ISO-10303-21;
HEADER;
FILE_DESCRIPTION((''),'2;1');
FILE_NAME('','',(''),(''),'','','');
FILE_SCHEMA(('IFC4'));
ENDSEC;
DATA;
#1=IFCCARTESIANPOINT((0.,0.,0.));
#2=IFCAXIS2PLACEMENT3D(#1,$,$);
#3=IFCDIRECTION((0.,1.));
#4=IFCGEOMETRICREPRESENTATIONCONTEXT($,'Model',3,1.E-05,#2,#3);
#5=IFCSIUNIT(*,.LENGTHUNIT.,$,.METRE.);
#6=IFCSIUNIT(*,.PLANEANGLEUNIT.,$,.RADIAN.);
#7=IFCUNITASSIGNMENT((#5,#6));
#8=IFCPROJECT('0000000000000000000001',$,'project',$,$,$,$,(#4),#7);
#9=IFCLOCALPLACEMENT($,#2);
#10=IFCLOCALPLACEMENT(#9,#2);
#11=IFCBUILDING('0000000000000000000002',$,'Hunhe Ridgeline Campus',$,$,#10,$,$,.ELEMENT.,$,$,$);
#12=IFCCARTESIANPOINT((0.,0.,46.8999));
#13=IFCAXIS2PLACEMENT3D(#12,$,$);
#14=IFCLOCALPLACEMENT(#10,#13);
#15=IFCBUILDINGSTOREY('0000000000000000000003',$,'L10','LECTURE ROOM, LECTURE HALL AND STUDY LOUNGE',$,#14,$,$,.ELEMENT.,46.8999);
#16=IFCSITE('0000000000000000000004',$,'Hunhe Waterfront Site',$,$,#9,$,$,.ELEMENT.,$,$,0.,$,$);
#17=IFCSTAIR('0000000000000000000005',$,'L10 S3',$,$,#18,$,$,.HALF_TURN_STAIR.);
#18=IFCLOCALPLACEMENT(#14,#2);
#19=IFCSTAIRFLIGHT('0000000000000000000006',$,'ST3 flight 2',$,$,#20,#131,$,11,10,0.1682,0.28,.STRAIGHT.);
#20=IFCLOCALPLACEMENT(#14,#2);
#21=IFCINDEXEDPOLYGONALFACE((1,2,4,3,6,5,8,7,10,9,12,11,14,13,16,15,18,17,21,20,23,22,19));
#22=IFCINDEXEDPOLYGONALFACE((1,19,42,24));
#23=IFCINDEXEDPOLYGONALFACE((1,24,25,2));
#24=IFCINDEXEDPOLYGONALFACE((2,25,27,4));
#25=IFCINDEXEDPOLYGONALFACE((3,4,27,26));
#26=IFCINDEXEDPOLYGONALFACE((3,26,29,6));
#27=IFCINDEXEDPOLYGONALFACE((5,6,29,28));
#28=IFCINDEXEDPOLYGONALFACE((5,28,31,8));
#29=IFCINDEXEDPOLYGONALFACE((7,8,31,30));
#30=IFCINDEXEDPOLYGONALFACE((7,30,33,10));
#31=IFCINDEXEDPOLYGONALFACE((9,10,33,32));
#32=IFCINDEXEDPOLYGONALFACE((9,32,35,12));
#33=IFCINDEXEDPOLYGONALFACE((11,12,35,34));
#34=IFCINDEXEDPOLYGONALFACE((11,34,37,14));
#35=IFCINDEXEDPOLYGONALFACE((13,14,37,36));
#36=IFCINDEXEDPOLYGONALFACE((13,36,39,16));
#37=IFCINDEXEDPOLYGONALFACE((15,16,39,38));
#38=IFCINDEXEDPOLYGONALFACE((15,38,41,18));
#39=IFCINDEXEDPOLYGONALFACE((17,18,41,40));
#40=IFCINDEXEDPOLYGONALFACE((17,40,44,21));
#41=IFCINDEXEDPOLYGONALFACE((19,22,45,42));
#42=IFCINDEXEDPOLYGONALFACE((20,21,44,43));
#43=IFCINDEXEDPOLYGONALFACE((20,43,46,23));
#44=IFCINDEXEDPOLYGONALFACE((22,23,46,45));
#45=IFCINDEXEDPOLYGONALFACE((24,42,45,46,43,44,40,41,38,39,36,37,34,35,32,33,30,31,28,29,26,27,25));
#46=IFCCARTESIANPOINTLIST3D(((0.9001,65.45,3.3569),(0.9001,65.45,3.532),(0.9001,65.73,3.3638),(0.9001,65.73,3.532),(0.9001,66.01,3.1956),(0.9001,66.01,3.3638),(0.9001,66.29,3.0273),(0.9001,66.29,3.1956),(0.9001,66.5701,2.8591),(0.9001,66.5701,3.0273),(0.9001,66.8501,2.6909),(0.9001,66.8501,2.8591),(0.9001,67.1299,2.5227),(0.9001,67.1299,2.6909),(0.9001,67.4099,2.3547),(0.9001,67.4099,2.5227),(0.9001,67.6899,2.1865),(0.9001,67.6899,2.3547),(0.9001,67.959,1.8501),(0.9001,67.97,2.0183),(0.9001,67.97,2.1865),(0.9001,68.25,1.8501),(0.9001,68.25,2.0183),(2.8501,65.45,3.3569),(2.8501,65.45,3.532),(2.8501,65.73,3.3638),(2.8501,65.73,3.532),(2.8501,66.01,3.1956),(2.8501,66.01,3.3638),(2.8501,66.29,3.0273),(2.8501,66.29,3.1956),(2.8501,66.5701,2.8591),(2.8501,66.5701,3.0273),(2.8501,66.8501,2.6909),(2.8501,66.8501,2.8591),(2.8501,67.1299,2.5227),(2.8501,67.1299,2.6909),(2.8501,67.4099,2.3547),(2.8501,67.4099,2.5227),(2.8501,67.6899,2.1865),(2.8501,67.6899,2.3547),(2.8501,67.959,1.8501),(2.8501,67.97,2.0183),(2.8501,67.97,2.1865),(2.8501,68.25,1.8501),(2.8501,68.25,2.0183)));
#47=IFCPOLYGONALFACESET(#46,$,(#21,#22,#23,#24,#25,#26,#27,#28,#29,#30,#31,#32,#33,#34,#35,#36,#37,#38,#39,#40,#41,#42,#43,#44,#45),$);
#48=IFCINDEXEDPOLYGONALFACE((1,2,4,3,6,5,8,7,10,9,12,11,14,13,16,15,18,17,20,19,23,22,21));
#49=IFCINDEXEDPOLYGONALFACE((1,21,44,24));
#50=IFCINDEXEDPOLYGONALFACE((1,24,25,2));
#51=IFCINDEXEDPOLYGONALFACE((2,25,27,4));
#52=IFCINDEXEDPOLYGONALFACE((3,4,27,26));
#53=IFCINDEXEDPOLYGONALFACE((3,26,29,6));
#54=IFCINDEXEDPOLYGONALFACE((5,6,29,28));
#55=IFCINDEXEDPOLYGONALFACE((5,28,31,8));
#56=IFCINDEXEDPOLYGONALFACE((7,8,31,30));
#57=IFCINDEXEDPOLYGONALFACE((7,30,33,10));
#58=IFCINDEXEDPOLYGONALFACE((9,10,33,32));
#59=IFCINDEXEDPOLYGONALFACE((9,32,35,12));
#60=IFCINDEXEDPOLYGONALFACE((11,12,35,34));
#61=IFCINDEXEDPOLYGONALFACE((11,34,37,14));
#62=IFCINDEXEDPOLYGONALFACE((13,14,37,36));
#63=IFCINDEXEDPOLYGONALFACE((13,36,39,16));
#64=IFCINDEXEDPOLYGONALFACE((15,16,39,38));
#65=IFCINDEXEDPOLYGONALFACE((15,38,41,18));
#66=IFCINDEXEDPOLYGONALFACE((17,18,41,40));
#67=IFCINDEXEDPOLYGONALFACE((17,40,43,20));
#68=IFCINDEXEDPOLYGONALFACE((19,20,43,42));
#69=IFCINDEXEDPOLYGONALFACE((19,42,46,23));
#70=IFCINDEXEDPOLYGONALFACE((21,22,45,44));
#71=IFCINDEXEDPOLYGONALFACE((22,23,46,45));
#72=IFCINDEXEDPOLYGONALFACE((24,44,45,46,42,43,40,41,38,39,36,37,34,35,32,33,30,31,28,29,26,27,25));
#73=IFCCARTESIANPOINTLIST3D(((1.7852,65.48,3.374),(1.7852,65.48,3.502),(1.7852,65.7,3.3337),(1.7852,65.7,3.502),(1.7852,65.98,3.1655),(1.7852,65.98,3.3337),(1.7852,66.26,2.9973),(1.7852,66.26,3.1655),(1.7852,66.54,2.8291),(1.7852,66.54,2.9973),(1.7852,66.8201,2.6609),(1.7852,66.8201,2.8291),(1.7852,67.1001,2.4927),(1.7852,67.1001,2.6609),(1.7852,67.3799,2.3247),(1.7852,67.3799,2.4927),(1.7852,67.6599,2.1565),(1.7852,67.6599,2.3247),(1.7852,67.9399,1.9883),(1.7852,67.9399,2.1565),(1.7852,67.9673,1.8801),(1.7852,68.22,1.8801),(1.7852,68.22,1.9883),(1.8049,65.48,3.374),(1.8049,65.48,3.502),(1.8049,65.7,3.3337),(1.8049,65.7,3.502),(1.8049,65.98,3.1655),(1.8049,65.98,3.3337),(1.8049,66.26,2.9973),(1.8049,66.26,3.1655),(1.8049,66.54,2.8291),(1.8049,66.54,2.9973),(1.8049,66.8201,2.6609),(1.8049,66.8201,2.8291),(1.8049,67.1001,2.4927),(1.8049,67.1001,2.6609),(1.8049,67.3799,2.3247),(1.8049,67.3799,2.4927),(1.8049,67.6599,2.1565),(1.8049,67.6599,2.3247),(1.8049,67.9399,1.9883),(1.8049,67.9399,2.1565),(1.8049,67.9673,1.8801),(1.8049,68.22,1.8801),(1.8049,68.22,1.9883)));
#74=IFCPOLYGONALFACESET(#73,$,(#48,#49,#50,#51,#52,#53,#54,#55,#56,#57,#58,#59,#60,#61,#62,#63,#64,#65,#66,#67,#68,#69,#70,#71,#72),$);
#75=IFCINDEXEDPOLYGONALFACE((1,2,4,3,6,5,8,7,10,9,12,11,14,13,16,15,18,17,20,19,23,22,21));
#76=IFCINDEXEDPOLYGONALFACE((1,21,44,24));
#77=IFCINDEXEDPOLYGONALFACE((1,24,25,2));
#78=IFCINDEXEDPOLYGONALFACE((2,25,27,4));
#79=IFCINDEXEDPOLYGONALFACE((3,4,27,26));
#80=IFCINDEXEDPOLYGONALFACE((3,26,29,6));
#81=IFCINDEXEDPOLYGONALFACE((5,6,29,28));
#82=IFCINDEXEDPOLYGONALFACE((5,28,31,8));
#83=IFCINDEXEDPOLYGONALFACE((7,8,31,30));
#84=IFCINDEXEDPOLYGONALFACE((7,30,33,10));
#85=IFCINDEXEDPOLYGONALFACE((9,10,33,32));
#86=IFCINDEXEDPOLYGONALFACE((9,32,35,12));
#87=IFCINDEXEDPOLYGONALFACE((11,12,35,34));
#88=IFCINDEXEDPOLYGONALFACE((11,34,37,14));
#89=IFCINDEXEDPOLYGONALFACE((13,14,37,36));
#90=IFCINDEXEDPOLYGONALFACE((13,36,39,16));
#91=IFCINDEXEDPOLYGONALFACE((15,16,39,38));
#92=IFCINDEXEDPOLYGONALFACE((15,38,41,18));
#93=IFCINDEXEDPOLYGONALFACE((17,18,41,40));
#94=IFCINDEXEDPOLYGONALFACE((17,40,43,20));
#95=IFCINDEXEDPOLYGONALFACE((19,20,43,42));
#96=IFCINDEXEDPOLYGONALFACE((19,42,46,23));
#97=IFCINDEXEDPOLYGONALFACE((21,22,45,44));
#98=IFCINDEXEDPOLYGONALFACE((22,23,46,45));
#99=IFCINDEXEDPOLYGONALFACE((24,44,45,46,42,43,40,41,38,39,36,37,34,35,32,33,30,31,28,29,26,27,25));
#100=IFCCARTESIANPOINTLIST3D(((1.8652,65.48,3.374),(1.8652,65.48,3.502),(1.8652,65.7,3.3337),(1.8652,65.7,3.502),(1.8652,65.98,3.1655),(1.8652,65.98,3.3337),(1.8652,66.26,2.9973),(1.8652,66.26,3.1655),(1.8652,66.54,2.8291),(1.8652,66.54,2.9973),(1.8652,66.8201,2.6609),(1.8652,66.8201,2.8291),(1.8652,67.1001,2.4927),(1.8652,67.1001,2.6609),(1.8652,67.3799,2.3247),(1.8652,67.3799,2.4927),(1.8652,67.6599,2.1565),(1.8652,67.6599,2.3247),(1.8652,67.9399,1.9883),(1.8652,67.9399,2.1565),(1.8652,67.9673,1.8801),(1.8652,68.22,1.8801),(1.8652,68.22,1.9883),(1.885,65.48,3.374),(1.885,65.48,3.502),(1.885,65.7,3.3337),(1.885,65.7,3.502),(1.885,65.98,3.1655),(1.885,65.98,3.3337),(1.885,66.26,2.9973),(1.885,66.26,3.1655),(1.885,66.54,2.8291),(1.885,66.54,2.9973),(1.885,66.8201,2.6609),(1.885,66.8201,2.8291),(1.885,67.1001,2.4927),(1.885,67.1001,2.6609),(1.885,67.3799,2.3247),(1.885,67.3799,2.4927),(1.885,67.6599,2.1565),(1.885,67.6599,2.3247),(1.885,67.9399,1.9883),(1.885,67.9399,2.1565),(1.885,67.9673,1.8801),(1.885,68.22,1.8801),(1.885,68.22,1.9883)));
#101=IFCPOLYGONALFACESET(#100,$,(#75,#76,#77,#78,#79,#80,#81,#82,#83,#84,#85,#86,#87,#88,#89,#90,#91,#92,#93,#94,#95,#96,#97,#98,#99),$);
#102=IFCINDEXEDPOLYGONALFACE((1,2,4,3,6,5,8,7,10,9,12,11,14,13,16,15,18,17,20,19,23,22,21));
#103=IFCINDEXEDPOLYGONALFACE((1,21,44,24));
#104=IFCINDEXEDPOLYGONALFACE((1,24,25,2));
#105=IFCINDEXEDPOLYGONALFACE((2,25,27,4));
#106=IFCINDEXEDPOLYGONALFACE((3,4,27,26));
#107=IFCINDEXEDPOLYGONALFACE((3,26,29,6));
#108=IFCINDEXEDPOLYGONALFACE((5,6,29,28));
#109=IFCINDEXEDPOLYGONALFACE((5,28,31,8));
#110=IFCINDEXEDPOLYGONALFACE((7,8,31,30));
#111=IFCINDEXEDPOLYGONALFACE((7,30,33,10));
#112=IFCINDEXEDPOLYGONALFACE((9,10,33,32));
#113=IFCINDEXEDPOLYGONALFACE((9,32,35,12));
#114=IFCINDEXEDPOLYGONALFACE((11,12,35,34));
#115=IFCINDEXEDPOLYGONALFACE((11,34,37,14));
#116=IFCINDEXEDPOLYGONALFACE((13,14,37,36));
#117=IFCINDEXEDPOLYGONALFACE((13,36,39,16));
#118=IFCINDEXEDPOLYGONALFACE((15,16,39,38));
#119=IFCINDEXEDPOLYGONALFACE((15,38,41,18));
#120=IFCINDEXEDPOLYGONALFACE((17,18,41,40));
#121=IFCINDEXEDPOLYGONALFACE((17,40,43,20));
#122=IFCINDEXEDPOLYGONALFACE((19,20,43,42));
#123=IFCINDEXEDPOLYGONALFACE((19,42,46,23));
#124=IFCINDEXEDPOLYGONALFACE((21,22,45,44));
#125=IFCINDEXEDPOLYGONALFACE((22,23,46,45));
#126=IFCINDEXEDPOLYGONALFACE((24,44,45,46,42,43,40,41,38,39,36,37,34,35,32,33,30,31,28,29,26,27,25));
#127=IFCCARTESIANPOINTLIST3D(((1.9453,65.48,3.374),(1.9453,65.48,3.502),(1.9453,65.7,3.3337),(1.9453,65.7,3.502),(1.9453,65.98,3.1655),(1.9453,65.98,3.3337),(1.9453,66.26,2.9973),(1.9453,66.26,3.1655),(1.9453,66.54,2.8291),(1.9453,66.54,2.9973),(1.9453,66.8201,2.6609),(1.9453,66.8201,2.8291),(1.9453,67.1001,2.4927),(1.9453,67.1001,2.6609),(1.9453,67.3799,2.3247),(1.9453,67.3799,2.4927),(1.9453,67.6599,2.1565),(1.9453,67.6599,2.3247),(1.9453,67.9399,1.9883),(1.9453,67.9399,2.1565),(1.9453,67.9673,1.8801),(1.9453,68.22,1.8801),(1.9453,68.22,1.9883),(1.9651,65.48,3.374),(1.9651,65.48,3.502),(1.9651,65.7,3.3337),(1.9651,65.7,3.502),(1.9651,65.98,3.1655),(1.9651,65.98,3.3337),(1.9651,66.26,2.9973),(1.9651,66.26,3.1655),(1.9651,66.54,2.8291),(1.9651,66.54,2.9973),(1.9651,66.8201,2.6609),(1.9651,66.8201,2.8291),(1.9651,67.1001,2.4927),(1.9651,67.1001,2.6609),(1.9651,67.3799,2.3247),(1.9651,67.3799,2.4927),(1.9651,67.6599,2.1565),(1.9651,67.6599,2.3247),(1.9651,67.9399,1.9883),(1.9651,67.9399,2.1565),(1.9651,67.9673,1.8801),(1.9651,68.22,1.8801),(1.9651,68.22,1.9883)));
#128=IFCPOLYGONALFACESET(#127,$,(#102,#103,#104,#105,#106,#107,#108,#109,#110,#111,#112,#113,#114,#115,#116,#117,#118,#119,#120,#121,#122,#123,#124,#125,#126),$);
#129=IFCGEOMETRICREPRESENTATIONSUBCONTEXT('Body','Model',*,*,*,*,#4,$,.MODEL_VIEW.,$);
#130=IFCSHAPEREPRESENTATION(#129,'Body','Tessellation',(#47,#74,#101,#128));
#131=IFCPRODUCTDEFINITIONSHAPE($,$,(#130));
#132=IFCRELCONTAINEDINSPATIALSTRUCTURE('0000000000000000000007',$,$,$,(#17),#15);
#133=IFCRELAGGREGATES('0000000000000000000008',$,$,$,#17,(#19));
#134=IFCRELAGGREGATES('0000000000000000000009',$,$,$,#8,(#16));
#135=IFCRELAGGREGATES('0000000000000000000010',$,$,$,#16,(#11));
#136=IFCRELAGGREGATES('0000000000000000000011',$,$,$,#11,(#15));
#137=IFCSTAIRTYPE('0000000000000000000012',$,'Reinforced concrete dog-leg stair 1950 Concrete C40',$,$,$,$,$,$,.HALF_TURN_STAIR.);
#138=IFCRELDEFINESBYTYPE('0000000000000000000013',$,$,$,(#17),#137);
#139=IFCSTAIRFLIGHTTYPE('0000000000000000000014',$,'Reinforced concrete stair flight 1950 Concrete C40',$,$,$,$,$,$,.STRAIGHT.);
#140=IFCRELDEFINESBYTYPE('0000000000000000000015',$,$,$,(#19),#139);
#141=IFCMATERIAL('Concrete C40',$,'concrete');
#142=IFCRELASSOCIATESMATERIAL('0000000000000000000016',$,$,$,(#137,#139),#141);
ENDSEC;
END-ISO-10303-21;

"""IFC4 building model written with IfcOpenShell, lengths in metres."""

from ifc_helpers import new_model, si_unit, direction, frame, origin, place, context, subcontext, project, spatial, polyline, outline, extrude, material, type_object, element, aggregate, save


model = new_model("IFC4")

# Units and contexts
model_context = context("Model", 3, precision=1e-05, world=origin(), true_north=direction((0.0, 1.0)))
body_context = subcontext(model_context, "Body", "Model", "MODEL_VIEW")
ifc_project = project(units=[si_unit("LENGTHUNIT", "METRE"), si_unit("PLANEANGLEUNIT", "RADIAN")], contexts=[model_context])

# Site, building, storey
site_placement = place(None, origin())
site = spatial("IfcSite", under=ifc_project, at=site_placement, Name="Hunhe Waterfront Site", CompositionType="ELEMENT", RefElevation=0.0)
building_placement = place(site_placement, origin())
building = spatial("IfcBuilding", under=site, at=building_placement, Name="Hunhe Ridgeline Campus", CompositionType="ELEMENT")
storey_placement = place(building_placement, frame((0.0, 0.0, 46.8999)))
storey = spatial("IfcBuildingStorey", under=building, at=storey_placement, Name="L10", Description="LECTURE ROOM, LECTURE HALL AND STUDY LOUNGE", CompositionType="ELEMENT", Elevation=46.8999)

# Stair, stair flight
ifc_material_1 = material(Name="Concrete C40", Category="concrete")
stair_type = type_object("IfcStairType", Name="Reinforced concrete dog-leg stair 1950 Concrete C40", PredefinedType="HALF_TURN_STAIR", material=ifc_material_1)
stair_1_placement = place(storey_placement, origin())
stair_1 = element("IfcStair", 1, at=stair_1_placement, inside=storey, type_object=stair_type, Name="L10 S3", PredefinedType="HALF_TURN_STAIR")
stair_flight_type = type_object("IfcStairFlightType", Name="Reinforced concrete stair flight 1950 Concrete C40", PredefinedType="STRAIGHT", material=ifc_material_1)
stair_flight_1_placement = place(storey_placement, frame((1.875, 68.25, 1.8501), z_axis=(0.0, 0.0, 1.0), x_axis=(0.0, -1.0, 0.0)))
stair_flight_1 = element("IfcStairFlight", 2, at=stair_flight_1_placement, type_object=stair_flight_type, Name="ST3 flight 2", NumberOfRisers=11, NumberOfTreads=10, PredefinedType="STRAIGHT", RiserHeight=0.1682, TreadLength=0.28, context=body_context, shape_type="SweptSolid", body=[
    extrude(outline(polyline([(0.0, 0.0), (0.0, 0.1682), (0.28, 0.1682), (0.28, 0.3364), (0.5601, 0.3364), (0.5601, 0.5046), (0.8401, 0.5046), (0.8401, 0.6726), (1.1201, 0.6726), (1.1201, 0.8408), (1.3999, 0.8408), (1.3999, 1.009), (1.6799, 1.009), (1.6799, 1.1772), (1.96, 1.1772), (1.96, 1.3455), (2.24, 1.3455), (2.24, 1.5137), (2.52, 1.5137), (2.52, 1.6819), (2.8, 1.6819), (2.8, 1.8501), (2.8, 1.5068), (0.291, 0.0), (0.0, 0.0)])), frame((0.0, 0.9751, 0.0), z_axis=(0.0, -1.0, 0.0), x_axis=(1.0, 0.0, 0.0)), (0.0, 0.0, 1.0), 1.95),
    extrude(outline(polyline([(0.03, 0.03), (0.03, 0.1382), (0.3101, 0.1382), (0.3101, 0.3064), (0.5901, 0.3064), (0.5901, 0.4746), (0.8701, 0.4746), (0.8701, 0.6426), (1.1499, 0.6426), (1.1499, 0.8108), (1.4299, 0.8108), (1.4299, 0.979), (1.71, 0.979), (1.71, 1.1472), (1.99, 1.1472), (1.99, 1.3154), (2.27, 1.3154), (2.27, 1.4836), (2.55, 1.4836), (2.55, 1.6519), (2.77, 1.6519), (2.77, 1.5239), (0.2827, 0.03), (0.03, 0.03)])), frame((0.0, -0.0701, 0.0), z_axis=(0.0, -1.0, 0.0), x_axis=(1.0, 0.0, 0.0)), (0.0, 0.0, 1.0), 0.0198),
    extrude(outline(polyline([(0.03, 0.03), (0.03, 0.1382), (0.3101, 0.1382), (0.3101, 0.3064), (0.5901, 0.3064), (0.5901, 0.4746), (0.8701, 0.4746), (0.8701, 0.6426), (1.1499, 0.6426), (1.1499, 0.8108), (1.4299, 0.8108), (1.4299, 0.979), (1.71, 0.979), (1.71, 1.1472), (1.99, 1.1472), (1.99, 1.3154), (2.27, 1.3154), (2.27, 1.4836), (2.55, 1.4836), (2.55, 1.6519), (2.77, 1.6519), (2.77, 1.5239), (0.2827, 0.03), (0.03, 0.03)])), frame((0.0, 0.01, 0.0), z_axis=(0.0, -1.0, 0.0), x_axis=(1.0, 0.0, 0.0)), (0.0, 0.0, 1.0), 0.0198),
    extrude(outline(polyline([(0.03, 0.03), (0.03, 0.1382), (0.3101, 0.1382), (0.3101, 0.3064), (0.5901, 0.3064), (0.5901, 0.4746), (0.8701, 0.4746), (0.8701, 0.6426), (1.1499, 0.6426), (1.1499, 0.8108), (1.4299, 0.8108), (1.4299, 0.979), (1.71, 0.979), (1.71, 1.1472), (1.99, 1.1472), (1.99, 1.3154), (2.27, 1.3154), (2.27, 1.4836), (2.55, 1.4836), (2.55, 1.6519), (2.77, 1.6519), (2.77, 1.5239), (0.2827, 0.03), (0.03, 0.03)])), frame((0.0, 0.0901, 0.0), z_axis=(0.0, -1.0, 0.0), x_axis=(1.0, 0.0, 0.0)), (0.0, 0.0, 1.0), 0.0198),
])
aggregate(stair_1, [stair_flight_1])

save(model, "model.ifc")
